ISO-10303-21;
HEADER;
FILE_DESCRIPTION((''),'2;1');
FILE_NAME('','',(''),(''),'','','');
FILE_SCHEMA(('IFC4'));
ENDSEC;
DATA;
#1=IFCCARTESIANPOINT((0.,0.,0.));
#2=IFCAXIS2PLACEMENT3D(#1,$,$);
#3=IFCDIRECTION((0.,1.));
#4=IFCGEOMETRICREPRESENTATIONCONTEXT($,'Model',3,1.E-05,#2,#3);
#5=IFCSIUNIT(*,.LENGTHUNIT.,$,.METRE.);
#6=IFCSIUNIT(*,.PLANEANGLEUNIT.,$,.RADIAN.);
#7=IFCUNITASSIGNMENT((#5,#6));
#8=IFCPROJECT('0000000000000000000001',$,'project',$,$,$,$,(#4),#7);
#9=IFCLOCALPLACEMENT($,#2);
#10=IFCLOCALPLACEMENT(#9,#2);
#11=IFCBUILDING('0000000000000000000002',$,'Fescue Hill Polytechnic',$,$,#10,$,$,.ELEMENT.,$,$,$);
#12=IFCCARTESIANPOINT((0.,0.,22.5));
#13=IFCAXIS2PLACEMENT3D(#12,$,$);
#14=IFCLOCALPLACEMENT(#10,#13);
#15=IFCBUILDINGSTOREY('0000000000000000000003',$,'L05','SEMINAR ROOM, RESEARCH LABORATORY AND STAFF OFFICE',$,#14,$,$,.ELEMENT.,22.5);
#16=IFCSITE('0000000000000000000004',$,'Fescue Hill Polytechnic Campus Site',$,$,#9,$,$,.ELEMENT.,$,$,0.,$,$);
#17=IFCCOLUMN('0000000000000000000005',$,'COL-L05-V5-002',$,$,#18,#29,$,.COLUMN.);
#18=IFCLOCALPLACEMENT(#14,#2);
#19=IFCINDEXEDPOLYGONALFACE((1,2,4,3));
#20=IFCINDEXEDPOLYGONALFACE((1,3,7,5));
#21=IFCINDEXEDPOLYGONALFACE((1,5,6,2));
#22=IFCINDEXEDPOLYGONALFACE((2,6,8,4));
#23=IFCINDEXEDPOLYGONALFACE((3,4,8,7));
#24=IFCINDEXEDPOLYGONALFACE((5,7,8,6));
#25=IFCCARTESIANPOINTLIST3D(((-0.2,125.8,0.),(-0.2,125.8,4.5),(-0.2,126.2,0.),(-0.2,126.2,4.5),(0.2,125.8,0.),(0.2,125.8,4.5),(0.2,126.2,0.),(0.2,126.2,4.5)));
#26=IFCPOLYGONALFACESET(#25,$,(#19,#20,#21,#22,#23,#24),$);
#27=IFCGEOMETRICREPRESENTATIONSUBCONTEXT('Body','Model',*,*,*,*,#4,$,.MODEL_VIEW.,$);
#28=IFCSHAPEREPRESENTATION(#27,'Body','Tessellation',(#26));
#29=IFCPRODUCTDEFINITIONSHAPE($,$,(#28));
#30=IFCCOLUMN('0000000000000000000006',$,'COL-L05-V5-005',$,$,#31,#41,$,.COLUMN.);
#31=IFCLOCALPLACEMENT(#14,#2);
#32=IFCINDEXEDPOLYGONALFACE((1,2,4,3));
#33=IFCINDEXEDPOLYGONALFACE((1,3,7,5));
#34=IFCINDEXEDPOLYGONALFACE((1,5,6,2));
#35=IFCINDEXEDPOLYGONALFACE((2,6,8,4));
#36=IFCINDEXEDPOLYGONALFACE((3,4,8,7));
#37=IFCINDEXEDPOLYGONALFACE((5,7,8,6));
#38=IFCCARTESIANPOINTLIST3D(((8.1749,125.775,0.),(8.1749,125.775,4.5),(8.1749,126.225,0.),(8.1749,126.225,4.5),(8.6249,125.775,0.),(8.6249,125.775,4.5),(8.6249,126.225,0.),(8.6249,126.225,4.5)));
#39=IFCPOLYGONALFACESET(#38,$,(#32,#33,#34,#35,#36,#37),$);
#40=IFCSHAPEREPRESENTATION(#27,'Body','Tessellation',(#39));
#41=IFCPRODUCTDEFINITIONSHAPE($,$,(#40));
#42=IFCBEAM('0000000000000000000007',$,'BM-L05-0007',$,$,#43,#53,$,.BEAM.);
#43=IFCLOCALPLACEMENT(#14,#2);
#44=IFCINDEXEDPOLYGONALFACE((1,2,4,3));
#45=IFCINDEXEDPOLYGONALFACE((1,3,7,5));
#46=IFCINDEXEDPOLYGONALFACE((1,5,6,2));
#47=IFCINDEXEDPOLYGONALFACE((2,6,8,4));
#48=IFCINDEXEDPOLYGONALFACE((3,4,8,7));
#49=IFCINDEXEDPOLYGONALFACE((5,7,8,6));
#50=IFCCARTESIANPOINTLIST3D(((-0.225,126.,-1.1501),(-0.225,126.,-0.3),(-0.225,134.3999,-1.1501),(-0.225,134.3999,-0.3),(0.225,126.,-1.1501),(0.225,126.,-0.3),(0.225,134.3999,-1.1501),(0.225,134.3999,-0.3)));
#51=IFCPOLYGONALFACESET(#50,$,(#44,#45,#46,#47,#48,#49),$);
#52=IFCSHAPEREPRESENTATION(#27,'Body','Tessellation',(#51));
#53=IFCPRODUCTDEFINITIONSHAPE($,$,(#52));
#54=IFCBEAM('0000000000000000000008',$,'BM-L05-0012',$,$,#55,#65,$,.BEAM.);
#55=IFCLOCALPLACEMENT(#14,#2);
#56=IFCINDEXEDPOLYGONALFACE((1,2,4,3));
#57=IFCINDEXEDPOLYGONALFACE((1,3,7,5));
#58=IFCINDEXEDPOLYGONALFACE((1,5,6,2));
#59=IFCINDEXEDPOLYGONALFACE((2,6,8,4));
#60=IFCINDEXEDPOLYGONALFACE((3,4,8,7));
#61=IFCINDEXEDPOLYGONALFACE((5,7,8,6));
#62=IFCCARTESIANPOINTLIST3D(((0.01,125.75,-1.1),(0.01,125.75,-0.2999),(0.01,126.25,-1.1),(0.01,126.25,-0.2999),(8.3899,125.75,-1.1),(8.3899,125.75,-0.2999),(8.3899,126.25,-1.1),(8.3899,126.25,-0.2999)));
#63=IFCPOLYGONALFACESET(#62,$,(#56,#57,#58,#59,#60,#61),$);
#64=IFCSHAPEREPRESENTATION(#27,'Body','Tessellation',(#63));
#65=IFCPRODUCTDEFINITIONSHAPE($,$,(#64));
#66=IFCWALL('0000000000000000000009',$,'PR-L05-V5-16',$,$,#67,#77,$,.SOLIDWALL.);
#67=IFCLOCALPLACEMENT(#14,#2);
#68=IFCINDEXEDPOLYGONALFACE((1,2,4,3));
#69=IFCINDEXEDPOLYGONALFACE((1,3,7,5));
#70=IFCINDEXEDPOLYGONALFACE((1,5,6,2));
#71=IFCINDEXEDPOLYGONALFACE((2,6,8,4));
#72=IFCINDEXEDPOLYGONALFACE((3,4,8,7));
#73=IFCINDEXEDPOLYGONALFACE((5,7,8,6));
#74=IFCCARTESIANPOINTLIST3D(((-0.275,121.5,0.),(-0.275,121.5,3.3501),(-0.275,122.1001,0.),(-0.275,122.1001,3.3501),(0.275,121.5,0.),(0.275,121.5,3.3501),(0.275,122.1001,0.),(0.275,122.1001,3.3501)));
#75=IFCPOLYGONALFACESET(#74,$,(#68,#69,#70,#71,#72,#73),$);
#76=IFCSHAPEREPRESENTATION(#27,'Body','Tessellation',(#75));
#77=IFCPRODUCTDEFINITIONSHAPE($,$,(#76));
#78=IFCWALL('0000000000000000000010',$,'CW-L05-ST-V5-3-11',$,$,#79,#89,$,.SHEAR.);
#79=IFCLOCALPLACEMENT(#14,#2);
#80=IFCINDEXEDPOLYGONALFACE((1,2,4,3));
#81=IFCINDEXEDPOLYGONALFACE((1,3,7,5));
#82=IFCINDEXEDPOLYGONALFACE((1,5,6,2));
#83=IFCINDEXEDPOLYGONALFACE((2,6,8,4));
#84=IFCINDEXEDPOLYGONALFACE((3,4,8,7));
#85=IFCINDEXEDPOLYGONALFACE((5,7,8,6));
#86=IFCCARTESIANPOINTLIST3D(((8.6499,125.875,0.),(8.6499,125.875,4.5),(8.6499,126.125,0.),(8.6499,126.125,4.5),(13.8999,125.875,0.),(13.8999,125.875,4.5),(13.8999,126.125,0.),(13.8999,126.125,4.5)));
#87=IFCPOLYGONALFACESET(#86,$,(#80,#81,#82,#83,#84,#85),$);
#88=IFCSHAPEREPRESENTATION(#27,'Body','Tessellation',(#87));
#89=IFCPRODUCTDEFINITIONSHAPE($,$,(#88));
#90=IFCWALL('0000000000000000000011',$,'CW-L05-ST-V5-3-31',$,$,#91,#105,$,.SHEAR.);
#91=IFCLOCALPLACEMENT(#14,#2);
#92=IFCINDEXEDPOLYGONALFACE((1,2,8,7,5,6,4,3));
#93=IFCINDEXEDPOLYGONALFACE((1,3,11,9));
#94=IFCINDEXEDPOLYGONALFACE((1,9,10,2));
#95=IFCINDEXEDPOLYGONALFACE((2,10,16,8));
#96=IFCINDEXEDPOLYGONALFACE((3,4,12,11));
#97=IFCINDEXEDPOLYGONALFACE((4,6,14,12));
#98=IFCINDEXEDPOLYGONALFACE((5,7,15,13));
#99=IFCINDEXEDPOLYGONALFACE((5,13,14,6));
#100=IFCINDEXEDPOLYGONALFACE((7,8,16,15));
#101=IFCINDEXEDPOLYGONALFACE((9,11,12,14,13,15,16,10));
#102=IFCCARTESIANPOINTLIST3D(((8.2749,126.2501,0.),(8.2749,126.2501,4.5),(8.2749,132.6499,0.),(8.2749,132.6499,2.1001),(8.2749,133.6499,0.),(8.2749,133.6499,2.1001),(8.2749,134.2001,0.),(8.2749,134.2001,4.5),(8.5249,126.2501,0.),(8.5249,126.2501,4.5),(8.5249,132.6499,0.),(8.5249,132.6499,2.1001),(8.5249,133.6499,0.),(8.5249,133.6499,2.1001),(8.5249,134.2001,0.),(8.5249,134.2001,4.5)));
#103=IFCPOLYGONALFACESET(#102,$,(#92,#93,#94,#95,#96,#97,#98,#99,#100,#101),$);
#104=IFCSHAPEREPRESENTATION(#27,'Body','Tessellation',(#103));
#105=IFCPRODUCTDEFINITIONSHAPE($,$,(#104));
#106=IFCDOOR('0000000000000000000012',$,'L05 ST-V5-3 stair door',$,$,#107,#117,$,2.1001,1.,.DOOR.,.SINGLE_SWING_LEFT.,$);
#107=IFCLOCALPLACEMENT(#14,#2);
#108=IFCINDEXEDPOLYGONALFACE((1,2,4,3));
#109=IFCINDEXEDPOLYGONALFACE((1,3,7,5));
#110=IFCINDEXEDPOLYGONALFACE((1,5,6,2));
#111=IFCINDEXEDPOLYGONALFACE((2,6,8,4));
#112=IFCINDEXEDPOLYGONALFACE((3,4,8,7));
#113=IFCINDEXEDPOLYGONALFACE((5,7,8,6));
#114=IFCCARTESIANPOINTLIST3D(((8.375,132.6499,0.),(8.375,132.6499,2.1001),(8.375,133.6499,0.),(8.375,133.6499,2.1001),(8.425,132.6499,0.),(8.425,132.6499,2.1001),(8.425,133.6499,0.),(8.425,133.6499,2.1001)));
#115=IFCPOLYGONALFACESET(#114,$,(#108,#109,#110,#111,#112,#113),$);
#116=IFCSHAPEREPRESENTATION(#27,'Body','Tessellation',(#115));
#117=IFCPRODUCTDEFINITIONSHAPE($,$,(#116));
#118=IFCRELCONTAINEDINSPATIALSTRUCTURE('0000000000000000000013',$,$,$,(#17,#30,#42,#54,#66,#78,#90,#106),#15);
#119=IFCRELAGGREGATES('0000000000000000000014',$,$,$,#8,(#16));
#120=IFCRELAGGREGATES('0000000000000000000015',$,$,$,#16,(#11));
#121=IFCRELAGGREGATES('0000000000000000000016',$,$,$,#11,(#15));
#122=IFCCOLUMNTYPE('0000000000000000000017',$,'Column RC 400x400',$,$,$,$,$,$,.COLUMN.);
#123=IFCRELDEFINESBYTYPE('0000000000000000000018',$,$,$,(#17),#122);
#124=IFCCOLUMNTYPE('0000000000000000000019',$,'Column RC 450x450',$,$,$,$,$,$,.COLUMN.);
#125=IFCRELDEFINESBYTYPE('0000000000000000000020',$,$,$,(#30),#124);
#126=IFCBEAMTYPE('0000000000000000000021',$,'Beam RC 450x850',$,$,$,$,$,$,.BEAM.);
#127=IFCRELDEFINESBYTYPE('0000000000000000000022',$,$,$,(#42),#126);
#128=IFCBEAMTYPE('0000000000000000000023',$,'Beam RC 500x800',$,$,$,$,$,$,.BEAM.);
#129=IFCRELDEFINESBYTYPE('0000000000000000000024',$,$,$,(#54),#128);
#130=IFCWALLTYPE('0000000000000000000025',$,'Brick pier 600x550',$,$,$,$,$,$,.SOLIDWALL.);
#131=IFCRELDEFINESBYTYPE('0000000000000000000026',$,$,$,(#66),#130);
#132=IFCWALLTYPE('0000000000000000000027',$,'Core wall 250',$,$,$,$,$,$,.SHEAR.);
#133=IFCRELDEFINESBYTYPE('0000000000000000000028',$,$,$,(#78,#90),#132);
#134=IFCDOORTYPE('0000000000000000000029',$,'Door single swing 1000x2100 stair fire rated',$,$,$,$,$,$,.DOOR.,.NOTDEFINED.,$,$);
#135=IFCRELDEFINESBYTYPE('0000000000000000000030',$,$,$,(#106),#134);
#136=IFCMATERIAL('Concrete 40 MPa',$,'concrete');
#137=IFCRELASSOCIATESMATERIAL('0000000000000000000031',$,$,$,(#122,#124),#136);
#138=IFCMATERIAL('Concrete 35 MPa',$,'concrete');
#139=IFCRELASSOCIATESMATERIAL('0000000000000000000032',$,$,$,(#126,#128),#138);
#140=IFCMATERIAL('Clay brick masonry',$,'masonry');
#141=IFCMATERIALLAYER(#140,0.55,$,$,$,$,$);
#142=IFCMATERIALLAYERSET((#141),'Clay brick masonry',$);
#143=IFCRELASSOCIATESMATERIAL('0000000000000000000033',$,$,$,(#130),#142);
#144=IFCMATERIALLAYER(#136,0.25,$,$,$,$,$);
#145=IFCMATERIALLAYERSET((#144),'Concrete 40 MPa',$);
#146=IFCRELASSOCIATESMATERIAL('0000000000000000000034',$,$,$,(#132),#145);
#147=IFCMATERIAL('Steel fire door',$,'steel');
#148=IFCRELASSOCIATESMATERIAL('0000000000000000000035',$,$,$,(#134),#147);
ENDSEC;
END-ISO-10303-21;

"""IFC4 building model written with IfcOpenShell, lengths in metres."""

from ifc_helpers import new_model, si_unit, direction, frame, frame_2d, origin, origin_2d, place, context, subcontext, project, spatial, rectangle, extrude, material, layer, layer_set, material_profile, profile_set, type_object, element, fill, save


model = new_model("IFC4")

# Units and contexts
model_context = context("Model", 3, precision=1e-05, world=origin(), true_north=direction((0.0, 1.0)))
body_context = subcontext(model_context, "Body", "Model", "MODEL_VIEW")
ifc_project = project(units=[si_unit("LENGTHUNIT", "METRE"), si_unit("PLANEANGLEUNIT", "RADIAN")], contexts=[model_context])

# Site, building, storey
site_placement = place(None, origin())
site = spatial("IfcSite", under=ifc_project, at=site_placement, Name="Fescue Hill Polytechnic Campus Site", CompositionType="ELEMENT", RefElevation=0.0)
building_placement = place(site_placement, origin())
building = spatial("IfcBuilding", under=site, at=building_placement, Name="Fescue Hill Polytechnic", CompositionType="ELEMENT")
storey_placement = place(building_placement, frame((0.0, 0.0, 22.5)))
storey = spatial("IfcBuildingStorey", under=building, at=storey_placement, Name="L05", Description="SEMINAR ROOM, RESEARCH LABORATORY AND STAFF OFFICE", CompositionType="ELEMENT", Elevation=22.5)

# Columns
ifc_material_1 = material(Name="Concrete 40 MPa", Category="concrete")
ifc_material_profile_1 = material_profile(ifc_material_1, rectangle(XDim=0.3999, YDim=0.3999, at=origin_2d()), Name="RC 400x400")
ifc_profile_set_1 = profile_set([ifc_material_profile_1], Name="Concrete 40 MPa")
column_type_1 = type_object("IfcColumnType", Name="Column RC 400x400", PredefinedType="COLUMN", material=ifc_profile_set_1)
column_1_placement = place(storey_placement, frame((0.0, 126.0, 0.0), z_axis=(0.0, 0.0, 1.0), x_axis=(1.0, 0.0, 0.0)))
element("IfcColumn", 1, at=column_1_placement, inside=storey, type_object=column_type_1, Name="COL-L05-V5-002", PredefinedType="COLUMN", context=body_context, shape_type="SweptSolid", body=[
    extrude(rectangle(XDim=0.3999, YDim=0.3999, at=origin_2d()), origin(), (0.0, 0.0, 1.0), 4.5),
])
ifc_material_profile_2 = material_profile(ifc_material_1, rectangle(XDim=0.45, YDim=0.45, at=origin_2d()), Name="RC 450x450")
ifc_profile_set_2 = profile_set([ifc_material_profile_2], Name="Concrete 40 MPa")
column_type_2 = type_object("IfcColumnType", Name="Column RC 450x450", PredefinedType="COLUMN", material=ifc_profile_set_2)
column_2_placement = place(storey_placement, frame((8.3999, 126.0, 0.0), z_axis=(0.0, 0.0, 1.0), x_axis=(1.0, 0.0, 0.0)))
element("IfcColumn", 2, at=column_2_placement, inside=storey, type_object=column_type_2, Name="COL-L05-V5-005", PredefinedType="COLUMN", context=body_context, shape_type="SweptSolid", body=[
    extrude(rectangle(XDim=0.45, YDim=0.45, at=origin_2d()), origin(), (0.0, 0.0, 1.0), 4.5),
])

# Beams
ifc_material_2 = material(Name="Concrete 35 MPa", Category="concrete")
ifc_material_profile_3 = material_profile(ifc_material_2, rectangle(XDim=0.45, YDim=0.8501, at=origin_2d()), Name="RC 450x850")
ifc_profile_set_3 = profile_set([ifc_material_profile_3], Name="Concrete 35 MPa")
beam_type_1 = type_object("IfcBeamType", Name="Beam RC 450x850", PredefinedType="BEAM", material=ifc_profile_set_3)
beam_1_placement = place(storey_placement, frame((0.0, 126.0, -0.7251), z_axis=(0.0, 1.0, 0.0), x_axis=(-1.0, 0.0, 0.0)))
element("IfcBeam", 3, at=beam_1_placement, inside=storey, type_object=beam_type_1, Name="BM-L05-0007", PredefinedType="BEAM", context=body_context, shape_type="SweptSolid", body=[
    extrude(rectangle(XDim=0.45, YDim=0.8501, at=origin_2d()), origin(), (0.0, 0.0, 1.0), 8.3999),
])
ifc_material_profile_4 = material_profile(ifc_material_2, rectangle(XDim=0.5, YDim=0.8, at=origin_2d()), Name="RC 500x800")
ifc_profile_set_4 = profile_set([ifc_material_profile_4], Name="Concrete 35 MPa")
beam_type_2 = type_object("IfcBeamType", Name="Beam RC 500x800", PredefinedType="BEAM", material=ifc_profile_set_4)
beam_2_placement = place(storey_placement, frame((0.01, 126.0, -0.7), z_axis=(1.0, 0.0, 0.0), x_axis=(0.0, 1.0, 0.0)))
element("IfcBeam", 4, at=beam_2_placement, inside=storey, type_object=beam_type_2, Name="BM-L05-0012", PredefinedType="BEAM", context=body_context, shape_type="SweptSolid", body=[
    extrude(rectangle(XDim=0.5, YDim=0.8, at=origin_2d()), origin(), (0.0, 0.0, 1.0), 8.3799),
])

# Walls
ifc_material_3 = material(Name="Clay brick masonry", Category="masonry")
ifc_layer_1 = layer(ifc_material_3, 0.55)
ifc_layer_set_1 = layer_set([ifc_layer_1], Name="Clay brick masonry")
wall_type_1 = type_object("IfcWallType", Name="Brick pier 600x550", PredefinedType="SOLIDWALL", material=ifc_layer_set_1)
wall_1_placement = place(storey_placement, frame((0.0, 122.1001, 0.0), z_axis=(0.0, 0.0, 1.0), x_axis=(0.0, -1.0, 0.0)))
element("IfcWall", 5, at=wall_1_placement, inside=storey, type_object=wall_type_1, Name="PR-L05-V5-16", PredefinedType="SOLIDWALL", context=body_context, shape_type="SweptSolid", body=[
    extrude(rectangle(XDim=0.6001, YDim=0.55, at=frame_2d((0.3, 0.0))), origin(), (0.0, 0.0, 1.0), 3.3501),
])
ifc_layer_2 = layer(ifc_material_1, 0.25)
ifc_layer_set_2 = layer_set([ifc_layer_2], Name="Concrete 40 MPa")
wall_type_2 = type_object("IfcWallType", Name="Core wall 250", PredefinedType="SHEAR", material=ifc_layer_set_2)
wall_2_placement = place(storey_placement, frame((8.6499, 126.0, 0.0), z_axis=(0.0, 0.0, 1.0), x_axis=(1.0, 0.0, 0.0)))
element("IfcWall", 6, at=wall_2_placement, inside=storey, type_object=wall_type_2, Name="CW-L05-ST-V5-3-11", PredefinedType="SHEAR", context=body_context, shape_type="SweptSolid", body=[
    extrude(rectangle(XDim=5.25, YDim=0.25, at=frame_2d((2.625, 0.0))), origin(), (0.0, 0.0, 1.0), 4.5),
])

# Wall, opening, door
wall_3_placement = place(storey_placement, frame((8.3999, 126.25, 0.0), z_axis=(0.0, 0.0, 1.0), x_axis=(0.0, 1.0, 0.0)))
wall_3 = element("IfcWall", 7, at=wall_3_placement, inside=storey, type_object=wall_type_2, Name="CW-L05-ST-V5-3-31", PredefinedType="SHEAR", context=body_context, shape_type="SweptSolid", body=[
    extrude(rectangle(XDim=7.95, YDim=0.25, at=frame_2d((3.9751, 0.0))), origin(), (0.0, 0.0, 1.0), 4.5),
])
opening_1_placement = place(wall_3_placement, frame((6.3999, 0.0, 0.0)))
opening_1 = element("IfcOpeningElement", 8, at=opening_1_placement, cuts=wall_3, PredefinedType="OPENING", context=body_context, shape_type="SweptSolid", body=[
    extrude(rectangle(XDim=1.0, YDim=2.1001, at=frame_2d((0.5, 1.05))), frame((0.0, 0.135, 0.0), z_axis=(0.0, -1.0, 0.0), x_axis=(1.0, 0.0, 0.0)), (0.0, 0.0, 1.0), 0.27),
])
ifc_material_4 = material(Name="Steel fire door", Category="steel")
door_type = type_object("IfcDoorType", Name="Door single swing 1000x2100 stair fire rated", OperationType="NOTDEFINED", PredefinedType="DOOR", material=ifc_material_4)
door_placement = place(opening_1_placement, origin())
door = element("IfcDoor", 9, at=door_placement, inside=storey, type_object=door_type, Name="L05 ST-V5-3 stair door", OperationType="SINGLE_SWING_LEFT", OverallHeight=2.1001, OverallWidth=1.0, PredefinedType="DOOR", context=body_context, shape_type="SweptSolid", body=[
    extrude(rectangle(XDim=1.0, YDim=2.1001, at=frame_2d((0.5, 1.05))), frame((0.0, 0.0249, 0.0), z_axis=(0.0, -1.0, 0.0), x_axis=(1.0, 0.0, 0.0)), (0.0, 0.0, 1.0), 0.05),
])
fill(opening_1, door)

save(model, "model.ifc")
